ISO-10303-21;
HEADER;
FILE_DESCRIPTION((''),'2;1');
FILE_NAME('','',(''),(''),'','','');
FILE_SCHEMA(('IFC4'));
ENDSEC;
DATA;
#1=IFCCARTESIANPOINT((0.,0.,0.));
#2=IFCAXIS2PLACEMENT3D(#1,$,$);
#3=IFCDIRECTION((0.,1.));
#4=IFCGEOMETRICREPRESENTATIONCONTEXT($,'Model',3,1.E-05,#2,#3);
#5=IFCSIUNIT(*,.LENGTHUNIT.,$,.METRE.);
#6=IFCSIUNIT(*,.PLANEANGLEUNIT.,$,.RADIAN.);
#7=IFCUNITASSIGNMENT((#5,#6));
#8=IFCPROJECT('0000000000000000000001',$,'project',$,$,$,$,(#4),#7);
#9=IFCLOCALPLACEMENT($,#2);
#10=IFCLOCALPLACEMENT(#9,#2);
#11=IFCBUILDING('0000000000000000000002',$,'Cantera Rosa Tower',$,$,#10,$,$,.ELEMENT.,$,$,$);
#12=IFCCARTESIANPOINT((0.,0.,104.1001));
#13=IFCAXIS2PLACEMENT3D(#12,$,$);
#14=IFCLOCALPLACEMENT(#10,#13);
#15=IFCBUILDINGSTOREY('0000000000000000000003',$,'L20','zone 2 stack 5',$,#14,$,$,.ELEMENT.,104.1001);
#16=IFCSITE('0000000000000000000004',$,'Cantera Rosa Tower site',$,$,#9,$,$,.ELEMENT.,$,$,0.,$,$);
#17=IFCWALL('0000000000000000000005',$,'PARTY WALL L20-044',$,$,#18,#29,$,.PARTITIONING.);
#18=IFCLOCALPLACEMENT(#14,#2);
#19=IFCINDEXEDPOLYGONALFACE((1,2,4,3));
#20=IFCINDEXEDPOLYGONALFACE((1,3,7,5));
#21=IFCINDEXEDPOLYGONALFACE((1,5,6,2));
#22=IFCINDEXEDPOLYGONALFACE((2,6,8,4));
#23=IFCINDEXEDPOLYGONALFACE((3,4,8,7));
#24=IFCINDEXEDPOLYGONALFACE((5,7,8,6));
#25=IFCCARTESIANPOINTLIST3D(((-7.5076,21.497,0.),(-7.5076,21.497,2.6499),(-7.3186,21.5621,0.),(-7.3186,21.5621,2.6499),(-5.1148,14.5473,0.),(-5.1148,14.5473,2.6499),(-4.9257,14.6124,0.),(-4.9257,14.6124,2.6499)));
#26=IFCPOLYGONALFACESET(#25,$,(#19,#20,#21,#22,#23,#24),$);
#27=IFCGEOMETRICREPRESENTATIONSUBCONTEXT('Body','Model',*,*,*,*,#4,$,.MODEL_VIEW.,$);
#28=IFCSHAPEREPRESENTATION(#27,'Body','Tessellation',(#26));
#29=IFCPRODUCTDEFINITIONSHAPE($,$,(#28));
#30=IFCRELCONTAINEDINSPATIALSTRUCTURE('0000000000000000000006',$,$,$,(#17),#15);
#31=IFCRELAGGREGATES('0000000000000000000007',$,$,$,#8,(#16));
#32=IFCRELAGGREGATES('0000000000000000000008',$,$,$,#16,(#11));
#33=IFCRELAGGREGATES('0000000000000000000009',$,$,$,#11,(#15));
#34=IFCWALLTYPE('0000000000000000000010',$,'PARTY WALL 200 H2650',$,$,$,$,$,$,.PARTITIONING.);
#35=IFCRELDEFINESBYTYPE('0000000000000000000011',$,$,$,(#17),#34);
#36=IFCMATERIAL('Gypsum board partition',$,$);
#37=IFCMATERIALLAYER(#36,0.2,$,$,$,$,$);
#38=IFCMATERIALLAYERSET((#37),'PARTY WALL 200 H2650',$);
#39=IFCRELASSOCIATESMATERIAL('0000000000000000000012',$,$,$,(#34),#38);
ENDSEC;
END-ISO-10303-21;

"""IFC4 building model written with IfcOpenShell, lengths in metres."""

from ifc_helpers import new_model, si_unit, direction, frame, frame_2d, origin, place, context, subcontext, project, spatial, rectangle, extrude, material, layer, layer_set, type_object, element, save


model = new_model("IFC4")

# Units and contexts
model_context = context("Model", 3, precision=1e-05, world=origin(), true_north=direction((0.0, 1.0)))
body_context = subcontext(model_context, "Body", "Model", "MODEL_VIEW")
ifc_project = project(units=[si_unit("LENGTHUNIT", "METRE"), si_unit("PLANEANGLEUNIT", "RADIAN")], contexts=[model_context])

# Site, building, storey
site_placement = place(None, origin())
site = spatial("IfcSite", under=ifc_project, at=site_placement, Name="Cantera Rosa Tower site", CompositionType="ELEMENT", RefElevation=0.0)
building_placement = place(site_placement, origin())
building = spatial("IfcBuilding", under=site, at=building_placement, Name="Cantera Rosa Tower", CompositionType="ELEMENT")
storey_placement = place(building_placement, frame((0.0, 0.0, 104.1001)))
storey = spatial("IfcBuildingStorey", under=building, at=storey_placement, Name="L20", Description="zone 2 stack 5", CompositionType="ELEMENT", Elevation=104.1001)

# Wall
ifc_material_1 = material(Name="Gypsum board partition")
ifc_layer_1 = layer(ifc_material_1, 0.2)
ifc_layer_set_1 = layer_set([ifc_layer_1], Name="PARTY WALL 200 H2650")
wall_type_1 = type_object("IfcWallType", Name="PARTY WALL 200 H2650", PredefinedType="PARTITIONING", material=ifc_layer_set_1)
wall_1_placement = place(storey_placement, frame((-5.0203, 14.5798, 0.0), z_axis=(0.0, 0.0, 1.0), x_axis=(-0.325549, 0.945525, 0.0)))
element("IfcWall", 1, at=wall_1_placement, inside=storey, type_object=wall_type_1, Name="PARTY WALL L20-044", PredefinedType="PARTITIONING", context=body_context, shape_type="SweptSolid", body=[
    extrude(rectangle(XDim=7.3501, YDim=0.2, at=frame_2d((3.675, 0.0))), origin(), (0.0, 0.0, 1.0), 2.6499),
])

save(model, "model.ifc")
